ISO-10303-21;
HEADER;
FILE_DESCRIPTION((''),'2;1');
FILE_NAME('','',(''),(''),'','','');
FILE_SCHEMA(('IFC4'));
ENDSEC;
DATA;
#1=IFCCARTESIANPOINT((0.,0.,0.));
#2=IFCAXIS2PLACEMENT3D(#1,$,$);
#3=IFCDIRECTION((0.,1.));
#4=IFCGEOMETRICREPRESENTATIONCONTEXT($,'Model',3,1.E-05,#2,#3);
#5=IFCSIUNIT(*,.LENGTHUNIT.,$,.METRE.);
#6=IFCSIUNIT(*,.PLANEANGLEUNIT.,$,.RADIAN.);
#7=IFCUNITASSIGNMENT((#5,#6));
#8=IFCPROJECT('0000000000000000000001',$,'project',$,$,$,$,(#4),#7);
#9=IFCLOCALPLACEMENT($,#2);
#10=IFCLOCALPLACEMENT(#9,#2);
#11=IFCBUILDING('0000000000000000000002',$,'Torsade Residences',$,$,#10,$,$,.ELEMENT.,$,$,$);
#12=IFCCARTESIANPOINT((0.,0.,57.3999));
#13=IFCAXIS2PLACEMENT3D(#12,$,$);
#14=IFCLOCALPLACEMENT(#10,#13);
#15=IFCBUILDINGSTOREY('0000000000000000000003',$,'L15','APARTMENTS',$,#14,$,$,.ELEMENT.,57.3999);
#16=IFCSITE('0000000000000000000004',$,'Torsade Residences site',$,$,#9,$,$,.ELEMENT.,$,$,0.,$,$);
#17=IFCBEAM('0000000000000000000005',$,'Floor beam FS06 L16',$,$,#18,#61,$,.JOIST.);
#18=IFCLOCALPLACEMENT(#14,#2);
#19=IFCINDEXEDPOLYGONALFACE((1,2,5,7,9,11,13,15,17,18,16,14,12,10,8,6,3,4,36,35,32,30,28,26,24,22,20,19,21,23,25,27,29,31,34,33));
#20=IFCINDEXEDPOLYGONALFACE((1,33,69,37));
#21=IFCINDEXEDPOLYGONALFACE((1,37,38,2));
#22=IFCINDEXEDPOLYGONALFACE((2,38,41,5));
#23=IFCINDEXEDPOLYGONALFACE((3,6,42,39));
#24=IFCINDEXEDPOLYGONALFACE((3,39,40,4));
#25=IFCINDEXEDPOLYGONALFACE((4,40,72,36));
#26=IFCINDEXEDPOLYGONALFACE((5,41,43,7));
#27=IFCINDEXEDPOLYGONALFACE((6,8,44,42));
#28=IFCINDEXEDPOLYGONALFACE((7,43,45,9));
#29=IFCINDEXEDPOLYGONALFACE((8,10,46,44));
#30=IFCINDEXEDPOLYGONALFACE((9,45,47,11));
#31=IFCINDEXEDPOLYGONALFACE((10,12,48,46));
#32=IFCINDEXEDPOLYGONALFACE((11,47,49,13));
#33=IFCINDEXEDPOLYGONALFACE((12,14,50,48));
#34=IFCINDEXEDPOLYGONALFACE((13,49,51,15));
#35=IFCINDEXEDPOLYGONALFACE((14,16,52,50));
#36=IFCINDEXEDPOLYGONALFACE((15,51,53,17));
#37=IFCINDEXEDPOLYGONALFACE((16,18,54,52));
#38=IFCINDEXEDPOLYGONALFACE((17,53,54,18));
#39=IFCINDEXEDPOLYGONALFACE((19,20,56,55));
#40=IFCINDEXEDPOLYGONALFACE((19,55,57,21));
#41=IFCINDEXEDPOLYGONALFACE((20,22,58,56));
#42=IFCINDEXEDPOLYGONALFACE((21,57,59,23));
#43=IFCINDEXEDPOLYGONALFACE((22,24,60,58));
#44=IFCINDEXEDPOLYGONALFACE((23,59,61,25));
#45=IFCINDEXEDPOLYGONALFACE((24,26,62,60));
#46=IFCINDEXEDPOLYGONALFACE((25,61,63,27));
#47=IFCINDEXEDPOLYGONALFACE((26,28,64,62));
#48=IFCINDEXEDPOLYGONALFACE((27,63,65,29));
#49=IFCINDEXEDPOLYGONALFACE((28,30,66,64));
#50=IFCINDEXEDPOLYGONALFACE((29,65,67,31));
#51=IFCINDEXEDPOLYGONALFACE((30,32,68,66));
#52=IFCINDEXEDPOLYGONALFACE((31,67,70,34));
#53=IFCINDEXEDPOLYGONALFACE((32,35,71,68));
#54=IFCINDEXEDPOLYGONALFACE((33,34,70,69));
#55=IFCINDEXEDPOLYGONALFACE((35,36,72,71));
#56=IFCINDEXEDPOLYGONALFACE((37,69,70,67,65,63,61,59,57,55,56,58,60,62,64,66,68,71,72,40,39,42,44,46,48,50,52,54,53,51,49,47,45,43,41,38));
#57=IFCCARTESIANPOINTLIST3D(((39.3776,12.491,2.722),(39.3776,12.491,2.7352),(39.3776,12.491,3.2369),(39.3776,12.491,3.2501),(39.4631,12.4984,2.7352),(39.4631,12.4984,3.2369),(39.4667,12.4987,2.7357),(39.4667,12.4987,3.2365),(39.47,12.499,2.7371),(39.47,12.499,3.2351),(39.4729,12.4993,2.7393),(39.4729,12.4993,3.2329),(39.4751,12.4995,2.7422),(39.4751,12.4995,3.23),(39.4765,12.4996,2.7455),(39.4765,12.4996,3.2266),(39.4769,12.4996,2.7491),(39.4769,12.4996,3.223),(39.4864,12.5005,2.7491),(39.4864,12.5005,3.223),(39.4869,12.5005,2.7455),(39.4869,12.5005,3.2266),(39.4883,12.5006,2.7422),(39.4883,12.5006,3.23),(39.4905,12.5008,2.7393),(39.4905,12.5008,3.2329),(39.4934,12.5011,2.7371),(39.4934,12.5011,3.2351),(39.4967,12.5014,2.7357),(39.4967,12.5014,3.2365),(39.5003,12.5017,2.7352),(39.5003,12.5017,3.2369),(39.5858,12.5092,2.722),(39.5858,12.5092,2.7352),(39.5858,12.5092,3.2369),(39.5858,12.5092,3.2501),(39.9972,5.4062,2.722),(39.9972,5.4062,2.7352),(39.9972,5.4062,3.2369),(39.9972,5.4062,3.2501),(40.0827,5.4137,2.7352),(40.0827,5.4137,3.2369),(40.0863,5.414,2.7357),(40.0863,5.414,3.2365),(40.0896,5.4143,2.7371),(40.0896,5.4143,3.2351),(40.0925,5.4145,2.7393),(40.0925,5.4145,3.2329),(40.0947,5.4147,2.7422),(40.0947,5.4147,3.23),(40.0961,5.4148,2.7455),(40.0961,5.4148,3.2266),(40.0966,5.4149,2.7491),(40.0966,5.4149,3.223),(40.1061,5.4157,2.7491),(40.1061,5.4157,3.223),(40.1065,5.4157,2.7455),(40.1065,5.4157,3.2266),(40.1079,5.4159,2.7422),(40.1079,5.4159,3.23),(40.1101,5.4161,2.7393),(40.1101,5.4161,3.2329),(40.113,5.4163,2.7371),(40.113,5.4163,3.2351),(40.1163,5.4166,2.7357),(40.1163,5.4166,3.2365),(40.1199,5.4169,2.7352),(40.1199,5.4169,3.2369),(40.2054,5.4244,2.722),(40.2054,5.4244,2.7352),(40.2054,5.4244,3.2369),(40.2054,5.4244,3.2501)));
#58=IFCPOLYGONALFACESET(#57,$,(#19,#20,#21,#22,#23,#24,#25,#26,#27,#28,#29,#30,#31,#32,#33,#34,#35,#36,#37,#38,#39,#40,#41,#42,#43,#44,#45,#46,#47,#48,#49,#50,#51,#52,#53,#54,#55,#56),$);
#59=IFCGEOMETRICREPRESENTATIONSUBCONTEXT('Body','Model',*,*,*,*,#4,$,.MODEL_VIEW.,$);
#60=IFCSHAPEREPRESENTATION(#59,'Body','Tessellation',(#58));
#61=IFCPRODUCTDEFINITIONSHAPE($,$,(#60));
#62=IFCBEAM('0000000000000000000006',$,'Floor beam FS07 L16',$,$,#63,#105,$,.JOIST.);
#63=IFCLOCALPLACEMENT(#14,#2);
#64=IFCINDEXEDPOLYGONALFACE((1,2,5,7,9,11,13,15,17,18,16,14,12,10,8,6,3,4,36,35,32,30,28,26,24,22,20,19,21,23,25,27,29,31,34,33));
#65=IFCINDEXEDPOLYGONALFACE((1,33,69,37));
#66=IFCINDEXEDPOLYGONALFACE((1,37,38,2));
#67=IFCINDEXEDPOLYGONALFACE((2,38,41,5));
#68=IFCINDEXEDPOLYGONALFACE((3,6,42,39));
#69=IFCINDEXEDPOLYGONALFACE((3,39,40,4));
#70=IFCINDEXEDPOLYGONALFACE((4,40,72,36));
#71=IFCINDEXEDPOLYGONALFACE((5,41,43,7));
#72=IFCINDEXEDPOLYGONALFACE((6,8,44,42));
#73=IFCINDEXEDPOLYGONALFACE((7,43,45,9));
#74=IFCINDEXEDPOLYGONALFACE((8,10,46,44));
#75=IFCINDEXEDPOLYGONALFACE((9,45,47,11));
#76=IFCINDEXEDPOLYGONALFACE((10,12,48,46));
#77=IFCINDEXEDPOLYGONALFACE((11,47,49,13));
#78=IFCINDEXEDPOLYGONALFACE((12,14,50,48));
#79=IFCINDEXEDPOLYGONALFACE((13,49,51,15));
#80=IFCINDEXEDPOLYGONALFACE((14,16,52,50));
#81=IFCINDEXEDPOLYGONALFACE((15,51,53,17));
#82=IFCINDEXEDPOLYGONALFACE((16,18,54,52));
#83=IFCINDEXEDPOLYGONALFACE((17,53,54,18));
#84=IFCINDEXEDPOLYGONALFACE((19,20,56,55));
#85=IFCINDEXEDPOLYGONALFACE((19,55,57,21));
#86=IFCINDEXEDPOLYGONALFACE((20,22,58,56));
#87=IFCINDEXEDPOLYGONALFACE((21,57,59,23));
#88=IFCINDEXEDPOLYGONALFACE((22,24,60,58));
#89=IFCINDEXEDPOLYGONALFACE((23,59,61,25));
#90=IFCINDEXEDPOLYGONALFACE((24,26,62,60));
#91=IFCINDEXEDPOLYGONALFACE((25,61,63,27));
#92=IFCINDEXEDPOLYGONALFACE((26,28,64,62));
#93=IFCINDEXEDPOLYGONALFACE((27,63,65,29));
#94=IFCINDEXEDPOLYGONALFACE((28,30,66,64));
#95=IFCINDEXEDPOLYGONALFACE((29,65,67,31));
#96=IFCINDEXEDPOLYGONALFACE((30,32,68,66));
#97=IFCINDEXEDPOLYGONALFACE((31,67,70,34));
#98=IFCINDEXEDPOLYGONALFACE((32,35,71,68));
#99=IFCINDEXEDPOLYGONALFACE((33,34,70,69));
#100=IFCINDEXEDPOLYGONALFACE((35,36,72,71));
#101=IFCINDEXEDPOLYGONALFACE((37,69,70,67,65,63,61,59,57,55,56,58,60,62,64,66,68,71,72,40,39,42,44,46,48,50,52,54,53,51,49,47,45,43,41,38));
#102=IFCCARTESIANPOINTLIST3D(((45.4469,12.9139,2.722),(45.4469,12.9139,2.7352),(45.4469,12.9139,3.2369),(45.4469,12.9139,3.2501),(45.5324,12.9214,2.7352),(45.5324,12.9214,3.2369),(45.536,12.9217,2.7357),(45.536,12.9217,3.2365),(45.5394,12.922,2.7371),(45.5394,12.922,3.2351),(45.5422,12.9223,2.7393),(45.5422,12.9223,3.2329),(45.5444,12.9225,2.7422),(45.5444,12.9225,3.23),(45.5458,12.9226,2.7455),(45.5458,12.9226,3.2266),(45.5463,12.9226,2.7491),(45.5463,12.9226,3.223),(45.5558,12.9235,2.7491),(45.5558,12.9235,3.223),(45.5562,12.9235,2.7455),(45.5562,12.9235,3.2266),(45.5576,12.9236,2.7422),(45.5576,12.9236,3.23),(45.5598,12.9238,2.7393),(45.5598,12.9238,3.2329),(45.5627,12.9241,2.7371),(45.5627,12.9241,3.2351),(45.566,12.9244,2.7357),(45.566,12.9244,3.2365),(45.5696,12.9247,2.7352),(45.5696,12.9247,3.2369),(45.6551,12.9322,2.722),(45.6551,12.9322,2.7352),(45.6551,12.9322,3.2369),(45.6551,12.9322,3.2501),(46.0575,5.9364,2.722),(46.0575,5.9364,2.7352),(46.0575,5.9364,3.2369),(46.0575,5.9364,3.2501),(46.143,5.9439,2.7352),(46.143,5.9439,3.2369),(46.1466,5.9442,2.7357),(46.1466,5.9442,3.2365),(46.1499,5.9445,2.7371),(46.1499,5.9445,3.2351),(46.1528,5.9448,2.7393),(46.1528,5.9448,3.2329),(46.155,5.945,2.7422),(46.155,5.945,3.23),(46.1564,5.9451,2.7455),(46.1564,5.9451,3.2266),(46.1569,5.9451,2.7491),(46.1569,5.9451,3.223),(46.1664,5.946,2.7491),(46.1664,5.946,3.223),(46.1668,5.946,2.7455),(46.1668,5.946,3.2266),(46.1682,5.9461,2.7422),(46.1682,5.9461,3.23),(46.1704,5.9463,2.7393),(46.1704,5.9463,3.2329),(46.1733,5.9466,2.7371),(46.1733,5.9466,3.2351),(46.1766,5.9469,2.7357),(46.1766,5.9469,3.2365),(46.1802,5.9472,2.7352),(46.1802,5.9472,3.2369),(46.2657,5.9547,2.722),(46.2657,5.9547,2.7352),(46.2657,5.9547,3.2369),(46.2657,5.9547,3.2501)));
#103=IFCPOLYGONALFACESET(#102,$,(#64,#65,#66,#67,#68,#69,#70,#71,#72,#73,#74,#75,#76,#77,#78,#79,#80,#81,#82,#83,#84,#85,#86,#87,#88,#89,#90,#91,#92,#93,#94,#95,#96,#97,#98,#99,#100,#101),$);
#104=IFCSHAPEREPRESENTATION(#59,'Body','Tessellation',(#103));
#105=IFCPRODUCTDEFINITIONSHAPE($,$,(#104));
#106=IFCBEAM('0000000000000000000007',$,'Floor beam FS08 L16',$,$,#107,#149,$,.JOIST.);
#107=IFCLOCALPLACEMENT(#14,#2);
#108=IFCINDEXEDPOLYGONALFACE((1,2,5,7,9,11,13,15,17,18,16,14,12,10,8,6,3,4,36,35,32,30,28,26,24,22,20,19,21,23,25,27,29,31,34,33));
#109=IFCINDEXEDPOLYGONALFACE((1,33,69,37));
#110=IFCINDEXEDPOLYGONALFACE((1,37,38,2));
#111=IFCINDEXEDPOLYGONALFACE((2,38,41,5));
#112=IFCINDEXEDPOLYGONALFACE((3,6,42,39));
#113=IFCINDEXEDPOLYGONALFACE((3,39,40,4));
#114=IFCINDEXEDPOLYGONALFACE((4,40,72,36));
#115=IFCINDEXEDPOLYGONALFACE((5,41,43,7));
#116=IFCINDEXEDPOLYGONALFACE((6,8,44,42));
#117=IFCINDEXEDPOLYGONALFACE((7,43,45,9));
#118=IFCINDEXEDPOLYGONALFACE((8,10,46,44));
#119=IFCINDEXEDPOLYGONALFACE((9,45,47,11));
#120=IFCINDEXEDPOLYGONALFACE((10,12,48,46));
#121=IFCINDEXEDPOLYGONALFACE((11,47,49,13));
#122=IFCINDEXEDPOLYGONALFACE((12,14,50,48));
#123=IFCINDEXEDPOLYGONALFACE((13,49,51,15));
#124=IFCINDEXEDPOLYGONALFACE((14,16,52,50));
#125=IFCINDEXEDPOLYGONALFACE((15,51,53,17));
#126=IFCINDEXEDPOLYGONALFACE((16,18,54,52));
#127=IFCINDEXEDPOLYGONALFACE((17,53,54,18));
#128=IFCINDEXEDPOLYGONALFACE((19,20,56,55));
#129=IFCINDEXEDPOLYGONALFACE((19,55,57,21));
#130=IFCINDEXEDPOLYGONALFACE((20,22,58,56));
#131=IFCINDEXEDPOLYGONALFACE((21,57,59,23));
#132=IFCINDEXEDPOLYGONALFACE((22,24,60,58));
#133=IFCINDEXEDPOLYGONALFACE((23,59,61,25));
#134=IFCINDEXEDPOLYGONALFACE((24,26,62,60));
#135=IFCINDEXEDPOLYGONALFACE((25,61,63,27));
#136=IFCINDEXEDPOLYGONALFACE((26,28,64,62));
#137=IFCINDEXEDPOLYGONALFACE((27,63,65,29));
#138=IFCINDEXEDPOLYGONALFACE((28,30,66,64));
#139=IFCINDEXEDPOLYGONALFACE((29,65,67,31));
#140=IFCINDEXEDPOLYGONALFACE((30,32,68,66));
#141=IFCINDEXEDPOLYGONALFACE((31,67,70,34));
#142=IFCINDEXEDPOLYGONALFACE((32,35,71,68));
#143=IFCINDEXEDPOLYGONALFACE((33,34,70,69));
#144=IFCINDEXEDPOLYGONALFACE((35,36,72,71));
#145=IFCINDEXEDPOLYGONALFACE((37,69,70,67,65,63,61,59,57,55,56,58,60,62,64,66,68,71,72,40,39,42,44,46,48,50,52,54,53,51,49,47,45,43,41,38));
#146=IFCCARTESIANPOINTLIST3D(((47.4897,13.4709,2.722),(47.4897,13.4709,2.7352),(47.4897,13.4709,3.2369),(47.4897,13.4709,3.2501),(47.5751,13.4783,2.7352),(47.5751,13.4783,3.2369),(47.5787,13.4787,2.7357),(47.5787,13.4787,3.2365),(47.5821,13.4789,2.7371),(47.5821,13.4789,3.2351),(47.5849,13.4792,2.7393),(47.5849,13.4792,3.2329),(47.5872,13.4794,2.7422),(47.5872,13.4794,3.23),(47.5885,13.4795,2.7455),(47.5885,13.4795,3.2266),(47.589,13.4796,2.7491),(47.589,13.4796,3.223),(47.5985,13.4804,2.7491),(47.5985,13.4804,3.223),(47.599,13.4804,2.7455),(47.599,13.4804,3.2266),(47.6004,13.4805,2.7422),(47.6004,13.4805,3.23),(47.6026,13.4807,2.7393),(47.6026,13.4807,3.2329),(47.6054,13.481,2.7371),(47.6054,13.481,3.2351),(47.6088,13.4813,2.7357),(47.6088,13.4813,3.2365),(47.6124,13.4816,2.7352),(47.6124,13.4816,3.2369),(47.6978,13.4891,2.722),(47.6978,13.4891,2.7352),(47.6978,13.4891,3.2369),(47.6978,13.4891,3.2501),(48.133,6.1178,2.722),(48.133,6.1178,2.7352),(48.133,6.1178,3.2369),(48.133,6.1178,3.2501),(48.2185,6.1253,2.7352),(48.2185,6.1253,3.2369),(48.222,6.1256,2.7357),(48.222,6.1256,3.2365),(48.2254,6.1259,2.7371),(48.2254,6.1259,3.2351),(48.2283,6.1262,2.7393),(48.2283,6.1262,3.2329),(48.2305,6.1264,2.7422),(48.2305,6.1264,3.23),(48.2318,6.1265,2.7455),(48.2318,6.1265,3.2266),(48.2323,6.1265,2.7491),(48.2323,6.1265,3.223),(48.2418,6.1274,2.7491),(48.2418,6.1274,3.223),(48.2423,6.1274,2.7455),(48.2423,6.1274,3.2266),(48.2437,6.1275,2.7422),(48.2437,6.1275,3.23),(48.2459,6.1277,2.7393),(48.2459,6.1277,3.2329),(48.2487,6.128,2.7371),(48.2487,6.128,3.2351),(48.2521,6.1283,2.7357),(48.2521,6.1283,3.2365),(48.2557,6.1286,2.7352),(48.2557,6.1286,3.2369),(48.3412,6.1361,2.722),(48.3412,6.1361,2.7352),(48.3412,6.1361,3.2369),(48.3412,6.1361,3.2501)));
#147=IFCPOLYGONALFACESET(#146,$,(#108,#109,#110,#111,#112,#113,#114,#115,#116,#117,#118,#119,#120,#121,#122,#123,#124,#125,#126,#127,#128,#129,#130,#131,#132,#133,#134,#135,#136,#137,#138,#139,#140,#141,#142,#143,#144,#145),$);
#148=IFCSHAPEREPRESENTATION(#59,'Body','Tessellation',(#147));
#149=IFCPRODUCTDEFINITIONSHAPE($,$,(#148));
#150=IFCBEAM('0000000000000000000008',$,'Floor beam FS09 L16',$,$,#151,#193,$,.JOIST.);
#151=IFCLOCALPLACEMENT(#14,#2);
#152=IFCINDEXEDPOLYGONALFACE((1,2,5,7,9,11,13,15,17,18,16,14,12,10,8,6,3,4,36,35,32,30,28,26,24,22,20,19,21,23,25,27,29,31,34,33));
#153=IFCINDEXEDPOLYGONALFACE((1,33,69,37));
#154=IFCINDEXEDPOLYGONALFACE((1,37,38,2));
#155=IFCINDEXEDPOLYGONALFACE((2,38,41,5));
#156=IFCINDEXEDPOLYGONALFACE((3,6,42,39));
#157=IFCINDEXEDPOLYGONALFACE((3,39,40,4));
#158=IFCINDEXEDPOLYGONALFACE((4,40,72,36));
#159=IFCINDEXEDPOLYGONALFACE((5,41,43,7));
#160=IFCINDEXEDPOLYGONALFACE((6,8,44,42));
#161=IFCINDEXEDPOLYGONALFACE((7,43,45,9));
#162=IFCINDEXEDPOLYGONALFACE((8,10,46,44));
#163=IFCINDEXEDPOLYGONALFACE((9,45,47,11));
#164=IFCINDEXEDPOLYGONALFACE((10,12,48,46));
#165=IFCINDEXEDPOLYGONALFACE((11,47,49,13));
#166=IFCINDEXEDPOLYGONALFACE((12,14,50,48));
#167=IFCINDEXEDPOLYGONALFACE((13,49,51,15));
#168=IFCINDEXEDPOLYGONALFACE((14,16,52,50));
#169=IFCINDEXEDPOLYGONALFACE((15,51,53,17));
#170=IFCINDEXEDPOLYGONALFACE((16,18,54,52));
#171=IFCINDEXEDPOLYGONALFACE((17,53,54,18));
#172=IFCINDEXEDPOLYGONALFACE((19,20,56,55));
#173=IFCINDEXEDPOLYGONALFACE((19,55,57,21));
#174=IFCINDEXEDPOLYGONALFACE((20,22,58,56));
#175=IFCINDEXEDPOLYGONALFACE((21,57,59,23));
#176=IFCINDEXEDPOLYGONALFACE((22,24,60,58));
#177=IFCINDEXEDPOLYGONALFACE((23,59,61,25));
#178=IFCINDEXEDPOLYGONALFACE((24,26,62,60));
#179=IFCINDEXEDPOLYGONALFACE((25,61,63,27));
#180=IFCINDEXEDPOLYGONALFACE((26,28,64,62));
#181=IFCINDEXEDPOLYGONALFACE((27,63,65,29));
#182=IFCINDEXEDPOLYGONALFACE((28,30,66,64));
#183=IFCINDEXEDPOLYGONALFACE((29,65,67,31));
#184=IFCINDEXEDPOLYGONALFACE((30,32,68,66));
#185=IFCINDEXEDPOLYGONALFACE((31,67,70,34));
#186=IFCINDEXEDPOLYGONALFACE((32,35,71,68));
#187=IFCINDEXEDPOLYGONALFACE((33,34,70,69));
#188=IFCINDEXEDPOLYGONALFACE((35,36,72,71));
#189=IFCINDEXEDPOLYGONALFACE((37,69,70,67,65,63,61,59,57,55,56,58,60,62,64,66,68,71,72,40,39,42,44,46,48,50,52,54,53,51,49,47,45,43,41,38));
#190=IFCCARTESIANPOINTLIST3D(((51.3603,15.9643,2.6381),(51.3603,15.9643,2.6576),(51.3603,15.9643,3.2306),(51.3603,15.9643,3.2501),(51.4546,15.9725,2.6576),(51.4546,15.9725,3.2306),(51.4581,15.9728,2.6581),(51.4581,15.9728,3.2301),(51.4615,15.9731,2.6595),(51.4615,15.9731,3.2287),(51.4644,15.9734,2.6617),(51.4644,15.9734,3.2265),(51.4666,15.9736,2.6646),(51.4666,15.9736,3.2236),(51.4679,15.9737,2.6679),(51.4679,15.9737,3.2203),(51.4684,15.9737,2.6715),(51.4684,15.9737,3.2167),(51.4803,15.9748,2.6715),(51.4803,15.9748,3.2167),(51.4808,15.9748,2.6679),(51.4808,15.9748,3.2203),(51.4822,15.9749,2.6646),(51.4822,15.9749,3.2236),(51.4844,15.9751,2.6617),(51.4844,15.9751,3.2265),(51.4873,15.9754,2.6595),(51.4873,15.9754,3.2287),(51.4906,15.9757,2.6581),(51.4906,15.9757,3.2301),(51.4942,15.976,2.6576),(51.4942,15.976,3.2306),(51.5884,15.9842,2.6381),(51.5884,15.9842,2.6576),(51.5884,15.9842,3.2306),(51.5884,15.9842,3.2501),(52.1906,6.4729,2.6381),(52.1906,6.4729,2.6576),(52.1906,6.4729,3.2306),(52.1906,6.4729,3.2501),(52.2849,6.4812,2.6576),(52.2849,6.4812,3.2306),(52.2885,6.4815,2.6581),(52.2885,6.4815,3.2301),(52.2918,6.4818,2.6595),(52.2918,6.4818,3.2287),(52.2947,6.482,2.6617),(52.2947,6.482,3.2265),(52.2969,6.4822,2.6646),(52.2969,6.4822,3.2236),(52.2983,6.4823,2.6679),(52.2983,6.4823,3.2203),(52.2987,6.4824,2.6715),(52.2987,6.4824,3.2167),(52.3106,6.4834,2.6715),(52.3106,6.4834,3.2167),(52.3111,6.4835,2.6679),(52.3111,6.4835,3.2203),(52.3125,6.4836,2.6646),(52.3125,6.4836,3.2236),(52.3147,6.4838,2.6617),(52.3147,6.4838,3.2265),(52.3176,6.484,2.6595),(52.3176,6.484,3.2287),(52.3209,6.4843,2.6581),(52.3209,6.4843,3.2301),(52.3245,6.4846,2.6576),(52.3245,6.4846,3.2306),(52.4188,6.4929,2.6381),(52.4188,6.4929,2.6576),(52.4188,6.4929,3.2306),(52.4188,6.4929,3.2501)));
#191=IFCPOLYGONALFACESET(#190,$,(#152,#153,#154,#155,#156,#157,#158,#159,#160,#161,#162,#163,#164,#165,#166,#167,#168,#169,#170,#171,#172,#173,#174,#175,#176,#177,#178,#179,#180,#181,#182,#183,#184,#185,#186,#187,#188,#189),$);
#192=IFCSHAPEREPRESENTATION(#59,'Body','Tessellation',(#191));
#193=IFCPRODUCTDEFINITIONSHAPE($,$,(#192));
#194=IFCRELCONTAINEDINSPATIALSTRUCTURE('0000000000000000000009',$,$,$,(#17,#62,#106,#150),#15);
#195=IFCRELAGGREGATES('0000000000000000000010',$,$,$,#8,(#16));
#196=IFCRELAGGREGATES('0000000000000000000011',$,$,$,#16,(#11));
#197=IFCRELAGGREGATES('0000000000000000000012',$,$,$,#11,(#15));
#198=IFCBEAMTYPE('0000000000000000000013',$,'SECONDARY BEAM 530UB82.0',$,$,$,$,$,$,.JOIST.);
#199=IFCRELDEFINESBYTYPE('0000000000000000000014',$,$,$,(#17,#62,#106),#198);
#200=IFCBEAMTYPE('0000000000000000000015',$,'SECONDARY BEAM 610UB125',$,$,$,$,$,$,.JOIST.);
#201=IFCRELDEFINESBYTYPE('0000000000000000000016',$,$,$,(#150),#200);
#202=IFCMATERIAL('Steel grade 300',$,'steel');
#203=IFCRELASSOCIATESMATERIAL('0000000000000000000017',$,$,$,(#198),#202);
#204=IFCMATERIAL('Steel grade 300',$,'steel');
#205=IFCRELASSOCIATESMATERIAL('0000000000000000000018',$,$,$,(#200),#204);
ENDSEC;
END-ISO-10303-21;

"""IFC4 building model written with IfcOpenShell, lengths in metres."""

from ifc_helpers import new_model, si_unit, direction, frame, origin, origin_2d, place, context, subcontext, project, spatial, i_section, extrude, material, material_profile, profile_set, type_object, element, save


model = new_model("IFC4")

# Units and contexts
model_context = context("Model", 3, precision=1e-05, world=origin(), true_north=direction((0.0, 1.0)))
body_context = subcontext(model_context, "Body", "Model", "MODEL_VIEW")
ifc_project = project(units=[si_unit("LENGTHUNIT", "METRE"), si_unit("PLANEANGLEUNIT", "RADIAN")], contexts=[model_context])

# Site, building, storey
site_placement = place(None, origin())
site = spatial("IfcSite", under=ifc_project, at=site_placement, Name="Torsade Residences site", CompositionType="ELEMENT", RefElevation=0.0)
building_placement = place(site_placement, origin())
building = spatial("IfcBuilding", under=site, at=building_placement, Name="Torsade Residences", CompositionType="ELEMENT")
storey_placement = place(building_placement, frame((0.0, 0.0, 57.3999)))
storey = spatial("IfcBuildingStorey", under=building, at=storey_placement, Name="L15", Description="APARTMENTS", CompositionType="ELEMENT", Elevation=57.3999)

# Beams
ifc_material_1 = material(Name="Steel grade 300", Category="steel")
ifc_material_profile_1 = material_profile(ifc_material_1, i_section(OverallWidth=0.209, OverallDepth=0.5281, WebThickness=0.0095, FlangeThickness=0.0132, FilletRadius=0.0139, at=origin_2d()), Name="530UB82.0")
ifc_profile_set_1 = profile_set([ifc_material_profile_1], Name="Steel grade 300")
beam_type_1 = type_object("IfcBeamType", Name="SECONDARY BEAM 530UB82.0", PredefinedType="JOIST", material=ifc_profile_set_1)
beam_1_placement = place(storey_placement, frame((40.1013, 5.4153, 2.9861), z_axis=(-0.087127, 0.996197, 0.0), x_axis=(-0.996197, -0.087127, 0.0)))
element("IfcBeam", 1, at=beam_1_placement, inside=storey, type_object=beam_type_1, Name="Floor beam FS06 L16", PredefinedType="JOIST", context=body_context, shape_type="SweptSolid", body=[
    extrude(i_section(OverallWidth=0.209, OverallDepth=0.5281, WebThickness=0.0095, FlangeThickness=0.0132, FilletRadius=0.0139, at=origin_2d()), origin(), (0.0, 0.0, 1.0), 7.1118),
])
beam_2_placement = place(storey_placement, frame((46.1616, 5.9456, 2.9861), z_axis=(-0.087176, 0.996193, 0.0), x_axis=(-0.996193, -0.087176, 0.0)))
element("IfcBeam", 2, at=beam_2_placement, inside=storey, type_object=beam_type_1, Name="Floor beam FS07 L16", PredefinedType="JOIST", context=body_context, shape_type="SweptSolid", body=[
    extrude(i_section(OverallWidth=0.209, OverallDepth=0.5281, WebThickness=0.0095, FlangeThickness=0.0132, FilletRadius=0.0139, at=origin_2d()), origin(), (0.0, 0.0, 1.0), 7.0042),
])
beam_3_placement = place(storey_placement, frame((48.2371, 6.127, 2.9861), z_axis=(-0.087156, 0.996195, 0.0), x_axis=(-0.996195, -0.087156, 0.0)))
element("IfcBeam", 3, at=beam_3_placement, inside=storey, type_object=beam_type_1, Name="Floor beam FS08 L16", PredefinedType="JOIST", context=body_context, shape_type="SweptSolid", body=[
    extrude(i_section(OverallWidth=0.209, OverallDepth=0.5281, WebThickness=0.0095, FlangeThickness=0.0132, FilletRadius=0.0139, at=origin_2d()), origin(), (0.0, 0.0, 1.0), 7.3811),
])
ifc_material_2 = material(Name="Steel grade 300", Category="steel")
ifc_material_profile_2 = material_profile(ifc_material_2, i_section(OverallWidth=0.229, OverallDepth=0.6121, WebThickness=0.012, FlangeThickness=0.0195, FilletRadius=0.0139, at=origin_2d()), Name="610UB125")
ifc_profile_set_2 = profile_set([ifc_material_profile_2], Name="Steel grade 300")
beam_type_2 = type_object("IfcBeamType", Name="SECONDARY BEAM 610UB125", PredefinedType="JOIST", material=ifc_profile_set_2)
beam_4_placement = place(storey_placement, frame((52.3047, 6.4829, 2.9441), z_axis=(-0.087148, 0.996195, 0.0), x_axis=(-0.996195, -0.087148, 0.0)))
element("IfcBeam", 4, at=beam_4_placement, inside=storey, type_object=beam_type_2, Name="Floor beam FS09 L16", PredefinedType="JOIST", context=body_context, shape_type="SweptSolid", body=[
    extrude(i_section(OverallWidth=0.229, OverallDepth=0.6121, WebThickness=0.012, FlangeThickness=0.0195, FilletRadius=0.0139, at=origin_2d()), origin(), (0.0, 0.0, 1.0), 9.5276),
])

save(model, "model.ifc")
